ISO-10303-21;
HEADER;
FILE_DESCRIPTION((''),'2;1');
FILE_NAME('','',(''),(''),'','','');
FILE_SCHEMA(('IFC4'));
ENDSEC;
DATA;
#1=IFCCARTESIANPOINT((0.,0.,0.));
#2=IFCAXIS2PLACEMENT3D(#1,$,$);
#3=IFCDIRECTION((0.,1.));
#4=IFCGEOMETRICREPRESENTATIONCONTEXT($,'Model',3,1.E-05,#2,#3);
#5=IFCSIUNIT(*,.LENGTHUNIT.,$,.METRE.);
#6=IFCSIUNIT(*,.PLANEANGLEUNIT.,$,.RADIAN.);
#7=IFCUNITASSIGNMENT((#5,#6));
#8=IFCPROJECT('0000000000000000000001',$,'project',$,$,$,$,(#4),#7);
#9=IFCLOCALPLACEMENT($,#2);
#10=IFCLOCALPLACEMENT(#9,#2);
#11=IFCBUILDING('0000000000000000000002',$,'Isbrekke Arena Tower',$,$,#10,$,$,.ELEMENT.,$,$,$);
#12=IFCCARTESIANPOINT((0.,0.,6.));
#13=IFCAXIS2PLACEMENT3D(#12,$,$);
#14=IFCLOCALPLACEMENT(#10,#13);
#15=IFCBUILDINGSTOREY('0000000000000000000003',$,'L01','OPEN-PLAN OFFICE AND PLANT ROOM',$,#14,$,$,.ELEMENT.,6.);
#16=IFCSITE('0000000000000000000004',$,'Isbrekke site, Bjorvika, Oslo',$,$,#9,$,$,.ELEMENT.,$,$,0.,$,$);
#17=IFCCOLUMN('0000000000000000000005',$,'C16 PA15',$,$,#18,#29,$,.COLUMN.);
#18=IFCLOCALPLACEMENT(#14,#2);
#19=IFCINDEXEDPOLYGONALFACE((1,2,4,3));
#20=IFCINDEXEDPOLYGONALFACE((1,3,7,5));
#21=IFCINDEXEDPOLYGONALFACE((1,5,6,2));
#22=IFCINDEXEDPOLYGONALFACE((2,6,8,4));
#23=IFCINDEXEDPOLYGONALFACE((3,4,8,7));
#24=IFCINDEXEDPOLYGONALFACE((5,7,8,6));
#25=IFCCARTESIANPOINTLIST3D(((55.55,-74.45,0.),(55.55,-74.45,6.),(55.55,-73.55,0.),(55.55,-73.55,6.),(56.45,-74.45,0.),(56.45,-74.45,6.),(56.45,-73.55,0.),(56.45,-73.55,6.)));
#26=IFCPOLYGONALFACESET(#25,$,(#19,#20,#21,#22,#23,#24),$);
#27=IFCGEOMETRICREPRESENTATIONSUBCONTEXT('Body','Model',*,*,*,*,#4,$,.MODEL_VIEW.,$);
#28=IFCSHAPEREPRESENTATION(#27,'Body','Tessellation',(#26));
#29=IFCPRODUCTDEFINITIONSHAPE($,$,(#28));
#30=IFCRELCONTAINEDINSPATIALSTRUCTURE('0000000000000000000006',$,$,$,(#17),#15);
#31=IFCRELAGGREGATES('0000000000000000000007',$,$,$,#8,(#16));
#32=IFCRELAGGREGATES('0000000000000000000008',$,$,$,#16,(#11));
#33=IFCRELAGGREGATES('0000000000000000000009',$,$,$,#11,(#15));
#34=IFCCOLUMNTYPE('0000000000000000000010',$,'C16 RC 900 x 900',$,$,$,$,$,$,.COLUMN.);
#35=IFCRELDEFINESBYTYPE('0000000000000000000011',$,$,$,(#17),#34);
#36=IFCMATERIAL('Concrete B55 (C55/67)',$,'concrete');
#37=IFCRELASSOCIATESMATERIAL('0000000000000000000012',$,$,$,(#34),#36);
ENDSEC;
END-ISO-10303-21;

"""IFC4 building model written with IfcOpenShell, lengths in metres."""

from ifc_helpers import new_model, si_unit, direction, frame, origin, origin_2d, place, context, subcontext, project, spatial, rectangle, extrude, material, material_profile, profile_set, type_object, element, save


model = new_model("IFC4")

# Units and contexts
model_context = context("Model", 3, precision=1e-05, world=origin(), true_north=direction((0.0, 1.0)))
body_context = subcontext(model_context, "Body", "Model", "MODEL_VIEW")
ifc_project = project(units=[si_unit("LENGTHUNIT", "METRE"), si_unit("PLANEANGLEUNIT", "RADIAN")], contexts=[model_context])

# Site, building, storey
site_placement = place(None, origin())
site = spatial("IfcSite", under=ifc_project, at=site_placement, Name="Isbrekke site, Bjorvika, Oslo", CompositionType="ELEMENT", RefElevation=0.0)
building_placement = place(site_placement, origin())
building = spatial("IfcBuilding", under=site, at=building_placement, Name="Isbrekke Arena Tower", CompositionType="ELEMENT")
storey_placement = place(building_placement, frame((0.0, 0.0, 6.0)))
storey = spatial("IfcBuildingStorey", under=building, at=storey_placement, Name="L01", Description="OPEN-PLAN OFFICE AND PLANT ROOM", CompositionType="ELEMENT", Elevation=6.0)

# Column
ifc_material_1 = material(Name="Concrete B55 (C55/67)", Category="concrete")
ifc_material_profile = material_profile(ifc_material_1, rectangle(XDim=0.8999, YDim=0.8999, at=origin_2d()), Name="RC 900x900")
ifc_profile_set = profile_set([ifc_material_profile], Name="Concrete B55 (C55/67)")
column_type = type_object("IfcColumnType", Name="C16 RC 900 x 900", PredefinedType="COLUMN", material=ifc_profile_set)
column_placement = place(storey_placement, frame((56.0, -74.0, 0.0), z_axis=(0.0, 0.0, 1.0), x_axis=(1.0, 0.0, 0.0)))
element("IfcColumn", 1, at=column_placement, inside=storey, type_object=column_type, Name="C16 PA15", PredefinedType="COLUMN", context=body_context, shape_type="SweptSolid", body=[
    extrude(rectangle(XDim=0.8999, YDim=0.8999, at=origin_2d()), origin(), (0.0, 0.0, 1.0), 6.0),
])

save(model, "model.ifc")
